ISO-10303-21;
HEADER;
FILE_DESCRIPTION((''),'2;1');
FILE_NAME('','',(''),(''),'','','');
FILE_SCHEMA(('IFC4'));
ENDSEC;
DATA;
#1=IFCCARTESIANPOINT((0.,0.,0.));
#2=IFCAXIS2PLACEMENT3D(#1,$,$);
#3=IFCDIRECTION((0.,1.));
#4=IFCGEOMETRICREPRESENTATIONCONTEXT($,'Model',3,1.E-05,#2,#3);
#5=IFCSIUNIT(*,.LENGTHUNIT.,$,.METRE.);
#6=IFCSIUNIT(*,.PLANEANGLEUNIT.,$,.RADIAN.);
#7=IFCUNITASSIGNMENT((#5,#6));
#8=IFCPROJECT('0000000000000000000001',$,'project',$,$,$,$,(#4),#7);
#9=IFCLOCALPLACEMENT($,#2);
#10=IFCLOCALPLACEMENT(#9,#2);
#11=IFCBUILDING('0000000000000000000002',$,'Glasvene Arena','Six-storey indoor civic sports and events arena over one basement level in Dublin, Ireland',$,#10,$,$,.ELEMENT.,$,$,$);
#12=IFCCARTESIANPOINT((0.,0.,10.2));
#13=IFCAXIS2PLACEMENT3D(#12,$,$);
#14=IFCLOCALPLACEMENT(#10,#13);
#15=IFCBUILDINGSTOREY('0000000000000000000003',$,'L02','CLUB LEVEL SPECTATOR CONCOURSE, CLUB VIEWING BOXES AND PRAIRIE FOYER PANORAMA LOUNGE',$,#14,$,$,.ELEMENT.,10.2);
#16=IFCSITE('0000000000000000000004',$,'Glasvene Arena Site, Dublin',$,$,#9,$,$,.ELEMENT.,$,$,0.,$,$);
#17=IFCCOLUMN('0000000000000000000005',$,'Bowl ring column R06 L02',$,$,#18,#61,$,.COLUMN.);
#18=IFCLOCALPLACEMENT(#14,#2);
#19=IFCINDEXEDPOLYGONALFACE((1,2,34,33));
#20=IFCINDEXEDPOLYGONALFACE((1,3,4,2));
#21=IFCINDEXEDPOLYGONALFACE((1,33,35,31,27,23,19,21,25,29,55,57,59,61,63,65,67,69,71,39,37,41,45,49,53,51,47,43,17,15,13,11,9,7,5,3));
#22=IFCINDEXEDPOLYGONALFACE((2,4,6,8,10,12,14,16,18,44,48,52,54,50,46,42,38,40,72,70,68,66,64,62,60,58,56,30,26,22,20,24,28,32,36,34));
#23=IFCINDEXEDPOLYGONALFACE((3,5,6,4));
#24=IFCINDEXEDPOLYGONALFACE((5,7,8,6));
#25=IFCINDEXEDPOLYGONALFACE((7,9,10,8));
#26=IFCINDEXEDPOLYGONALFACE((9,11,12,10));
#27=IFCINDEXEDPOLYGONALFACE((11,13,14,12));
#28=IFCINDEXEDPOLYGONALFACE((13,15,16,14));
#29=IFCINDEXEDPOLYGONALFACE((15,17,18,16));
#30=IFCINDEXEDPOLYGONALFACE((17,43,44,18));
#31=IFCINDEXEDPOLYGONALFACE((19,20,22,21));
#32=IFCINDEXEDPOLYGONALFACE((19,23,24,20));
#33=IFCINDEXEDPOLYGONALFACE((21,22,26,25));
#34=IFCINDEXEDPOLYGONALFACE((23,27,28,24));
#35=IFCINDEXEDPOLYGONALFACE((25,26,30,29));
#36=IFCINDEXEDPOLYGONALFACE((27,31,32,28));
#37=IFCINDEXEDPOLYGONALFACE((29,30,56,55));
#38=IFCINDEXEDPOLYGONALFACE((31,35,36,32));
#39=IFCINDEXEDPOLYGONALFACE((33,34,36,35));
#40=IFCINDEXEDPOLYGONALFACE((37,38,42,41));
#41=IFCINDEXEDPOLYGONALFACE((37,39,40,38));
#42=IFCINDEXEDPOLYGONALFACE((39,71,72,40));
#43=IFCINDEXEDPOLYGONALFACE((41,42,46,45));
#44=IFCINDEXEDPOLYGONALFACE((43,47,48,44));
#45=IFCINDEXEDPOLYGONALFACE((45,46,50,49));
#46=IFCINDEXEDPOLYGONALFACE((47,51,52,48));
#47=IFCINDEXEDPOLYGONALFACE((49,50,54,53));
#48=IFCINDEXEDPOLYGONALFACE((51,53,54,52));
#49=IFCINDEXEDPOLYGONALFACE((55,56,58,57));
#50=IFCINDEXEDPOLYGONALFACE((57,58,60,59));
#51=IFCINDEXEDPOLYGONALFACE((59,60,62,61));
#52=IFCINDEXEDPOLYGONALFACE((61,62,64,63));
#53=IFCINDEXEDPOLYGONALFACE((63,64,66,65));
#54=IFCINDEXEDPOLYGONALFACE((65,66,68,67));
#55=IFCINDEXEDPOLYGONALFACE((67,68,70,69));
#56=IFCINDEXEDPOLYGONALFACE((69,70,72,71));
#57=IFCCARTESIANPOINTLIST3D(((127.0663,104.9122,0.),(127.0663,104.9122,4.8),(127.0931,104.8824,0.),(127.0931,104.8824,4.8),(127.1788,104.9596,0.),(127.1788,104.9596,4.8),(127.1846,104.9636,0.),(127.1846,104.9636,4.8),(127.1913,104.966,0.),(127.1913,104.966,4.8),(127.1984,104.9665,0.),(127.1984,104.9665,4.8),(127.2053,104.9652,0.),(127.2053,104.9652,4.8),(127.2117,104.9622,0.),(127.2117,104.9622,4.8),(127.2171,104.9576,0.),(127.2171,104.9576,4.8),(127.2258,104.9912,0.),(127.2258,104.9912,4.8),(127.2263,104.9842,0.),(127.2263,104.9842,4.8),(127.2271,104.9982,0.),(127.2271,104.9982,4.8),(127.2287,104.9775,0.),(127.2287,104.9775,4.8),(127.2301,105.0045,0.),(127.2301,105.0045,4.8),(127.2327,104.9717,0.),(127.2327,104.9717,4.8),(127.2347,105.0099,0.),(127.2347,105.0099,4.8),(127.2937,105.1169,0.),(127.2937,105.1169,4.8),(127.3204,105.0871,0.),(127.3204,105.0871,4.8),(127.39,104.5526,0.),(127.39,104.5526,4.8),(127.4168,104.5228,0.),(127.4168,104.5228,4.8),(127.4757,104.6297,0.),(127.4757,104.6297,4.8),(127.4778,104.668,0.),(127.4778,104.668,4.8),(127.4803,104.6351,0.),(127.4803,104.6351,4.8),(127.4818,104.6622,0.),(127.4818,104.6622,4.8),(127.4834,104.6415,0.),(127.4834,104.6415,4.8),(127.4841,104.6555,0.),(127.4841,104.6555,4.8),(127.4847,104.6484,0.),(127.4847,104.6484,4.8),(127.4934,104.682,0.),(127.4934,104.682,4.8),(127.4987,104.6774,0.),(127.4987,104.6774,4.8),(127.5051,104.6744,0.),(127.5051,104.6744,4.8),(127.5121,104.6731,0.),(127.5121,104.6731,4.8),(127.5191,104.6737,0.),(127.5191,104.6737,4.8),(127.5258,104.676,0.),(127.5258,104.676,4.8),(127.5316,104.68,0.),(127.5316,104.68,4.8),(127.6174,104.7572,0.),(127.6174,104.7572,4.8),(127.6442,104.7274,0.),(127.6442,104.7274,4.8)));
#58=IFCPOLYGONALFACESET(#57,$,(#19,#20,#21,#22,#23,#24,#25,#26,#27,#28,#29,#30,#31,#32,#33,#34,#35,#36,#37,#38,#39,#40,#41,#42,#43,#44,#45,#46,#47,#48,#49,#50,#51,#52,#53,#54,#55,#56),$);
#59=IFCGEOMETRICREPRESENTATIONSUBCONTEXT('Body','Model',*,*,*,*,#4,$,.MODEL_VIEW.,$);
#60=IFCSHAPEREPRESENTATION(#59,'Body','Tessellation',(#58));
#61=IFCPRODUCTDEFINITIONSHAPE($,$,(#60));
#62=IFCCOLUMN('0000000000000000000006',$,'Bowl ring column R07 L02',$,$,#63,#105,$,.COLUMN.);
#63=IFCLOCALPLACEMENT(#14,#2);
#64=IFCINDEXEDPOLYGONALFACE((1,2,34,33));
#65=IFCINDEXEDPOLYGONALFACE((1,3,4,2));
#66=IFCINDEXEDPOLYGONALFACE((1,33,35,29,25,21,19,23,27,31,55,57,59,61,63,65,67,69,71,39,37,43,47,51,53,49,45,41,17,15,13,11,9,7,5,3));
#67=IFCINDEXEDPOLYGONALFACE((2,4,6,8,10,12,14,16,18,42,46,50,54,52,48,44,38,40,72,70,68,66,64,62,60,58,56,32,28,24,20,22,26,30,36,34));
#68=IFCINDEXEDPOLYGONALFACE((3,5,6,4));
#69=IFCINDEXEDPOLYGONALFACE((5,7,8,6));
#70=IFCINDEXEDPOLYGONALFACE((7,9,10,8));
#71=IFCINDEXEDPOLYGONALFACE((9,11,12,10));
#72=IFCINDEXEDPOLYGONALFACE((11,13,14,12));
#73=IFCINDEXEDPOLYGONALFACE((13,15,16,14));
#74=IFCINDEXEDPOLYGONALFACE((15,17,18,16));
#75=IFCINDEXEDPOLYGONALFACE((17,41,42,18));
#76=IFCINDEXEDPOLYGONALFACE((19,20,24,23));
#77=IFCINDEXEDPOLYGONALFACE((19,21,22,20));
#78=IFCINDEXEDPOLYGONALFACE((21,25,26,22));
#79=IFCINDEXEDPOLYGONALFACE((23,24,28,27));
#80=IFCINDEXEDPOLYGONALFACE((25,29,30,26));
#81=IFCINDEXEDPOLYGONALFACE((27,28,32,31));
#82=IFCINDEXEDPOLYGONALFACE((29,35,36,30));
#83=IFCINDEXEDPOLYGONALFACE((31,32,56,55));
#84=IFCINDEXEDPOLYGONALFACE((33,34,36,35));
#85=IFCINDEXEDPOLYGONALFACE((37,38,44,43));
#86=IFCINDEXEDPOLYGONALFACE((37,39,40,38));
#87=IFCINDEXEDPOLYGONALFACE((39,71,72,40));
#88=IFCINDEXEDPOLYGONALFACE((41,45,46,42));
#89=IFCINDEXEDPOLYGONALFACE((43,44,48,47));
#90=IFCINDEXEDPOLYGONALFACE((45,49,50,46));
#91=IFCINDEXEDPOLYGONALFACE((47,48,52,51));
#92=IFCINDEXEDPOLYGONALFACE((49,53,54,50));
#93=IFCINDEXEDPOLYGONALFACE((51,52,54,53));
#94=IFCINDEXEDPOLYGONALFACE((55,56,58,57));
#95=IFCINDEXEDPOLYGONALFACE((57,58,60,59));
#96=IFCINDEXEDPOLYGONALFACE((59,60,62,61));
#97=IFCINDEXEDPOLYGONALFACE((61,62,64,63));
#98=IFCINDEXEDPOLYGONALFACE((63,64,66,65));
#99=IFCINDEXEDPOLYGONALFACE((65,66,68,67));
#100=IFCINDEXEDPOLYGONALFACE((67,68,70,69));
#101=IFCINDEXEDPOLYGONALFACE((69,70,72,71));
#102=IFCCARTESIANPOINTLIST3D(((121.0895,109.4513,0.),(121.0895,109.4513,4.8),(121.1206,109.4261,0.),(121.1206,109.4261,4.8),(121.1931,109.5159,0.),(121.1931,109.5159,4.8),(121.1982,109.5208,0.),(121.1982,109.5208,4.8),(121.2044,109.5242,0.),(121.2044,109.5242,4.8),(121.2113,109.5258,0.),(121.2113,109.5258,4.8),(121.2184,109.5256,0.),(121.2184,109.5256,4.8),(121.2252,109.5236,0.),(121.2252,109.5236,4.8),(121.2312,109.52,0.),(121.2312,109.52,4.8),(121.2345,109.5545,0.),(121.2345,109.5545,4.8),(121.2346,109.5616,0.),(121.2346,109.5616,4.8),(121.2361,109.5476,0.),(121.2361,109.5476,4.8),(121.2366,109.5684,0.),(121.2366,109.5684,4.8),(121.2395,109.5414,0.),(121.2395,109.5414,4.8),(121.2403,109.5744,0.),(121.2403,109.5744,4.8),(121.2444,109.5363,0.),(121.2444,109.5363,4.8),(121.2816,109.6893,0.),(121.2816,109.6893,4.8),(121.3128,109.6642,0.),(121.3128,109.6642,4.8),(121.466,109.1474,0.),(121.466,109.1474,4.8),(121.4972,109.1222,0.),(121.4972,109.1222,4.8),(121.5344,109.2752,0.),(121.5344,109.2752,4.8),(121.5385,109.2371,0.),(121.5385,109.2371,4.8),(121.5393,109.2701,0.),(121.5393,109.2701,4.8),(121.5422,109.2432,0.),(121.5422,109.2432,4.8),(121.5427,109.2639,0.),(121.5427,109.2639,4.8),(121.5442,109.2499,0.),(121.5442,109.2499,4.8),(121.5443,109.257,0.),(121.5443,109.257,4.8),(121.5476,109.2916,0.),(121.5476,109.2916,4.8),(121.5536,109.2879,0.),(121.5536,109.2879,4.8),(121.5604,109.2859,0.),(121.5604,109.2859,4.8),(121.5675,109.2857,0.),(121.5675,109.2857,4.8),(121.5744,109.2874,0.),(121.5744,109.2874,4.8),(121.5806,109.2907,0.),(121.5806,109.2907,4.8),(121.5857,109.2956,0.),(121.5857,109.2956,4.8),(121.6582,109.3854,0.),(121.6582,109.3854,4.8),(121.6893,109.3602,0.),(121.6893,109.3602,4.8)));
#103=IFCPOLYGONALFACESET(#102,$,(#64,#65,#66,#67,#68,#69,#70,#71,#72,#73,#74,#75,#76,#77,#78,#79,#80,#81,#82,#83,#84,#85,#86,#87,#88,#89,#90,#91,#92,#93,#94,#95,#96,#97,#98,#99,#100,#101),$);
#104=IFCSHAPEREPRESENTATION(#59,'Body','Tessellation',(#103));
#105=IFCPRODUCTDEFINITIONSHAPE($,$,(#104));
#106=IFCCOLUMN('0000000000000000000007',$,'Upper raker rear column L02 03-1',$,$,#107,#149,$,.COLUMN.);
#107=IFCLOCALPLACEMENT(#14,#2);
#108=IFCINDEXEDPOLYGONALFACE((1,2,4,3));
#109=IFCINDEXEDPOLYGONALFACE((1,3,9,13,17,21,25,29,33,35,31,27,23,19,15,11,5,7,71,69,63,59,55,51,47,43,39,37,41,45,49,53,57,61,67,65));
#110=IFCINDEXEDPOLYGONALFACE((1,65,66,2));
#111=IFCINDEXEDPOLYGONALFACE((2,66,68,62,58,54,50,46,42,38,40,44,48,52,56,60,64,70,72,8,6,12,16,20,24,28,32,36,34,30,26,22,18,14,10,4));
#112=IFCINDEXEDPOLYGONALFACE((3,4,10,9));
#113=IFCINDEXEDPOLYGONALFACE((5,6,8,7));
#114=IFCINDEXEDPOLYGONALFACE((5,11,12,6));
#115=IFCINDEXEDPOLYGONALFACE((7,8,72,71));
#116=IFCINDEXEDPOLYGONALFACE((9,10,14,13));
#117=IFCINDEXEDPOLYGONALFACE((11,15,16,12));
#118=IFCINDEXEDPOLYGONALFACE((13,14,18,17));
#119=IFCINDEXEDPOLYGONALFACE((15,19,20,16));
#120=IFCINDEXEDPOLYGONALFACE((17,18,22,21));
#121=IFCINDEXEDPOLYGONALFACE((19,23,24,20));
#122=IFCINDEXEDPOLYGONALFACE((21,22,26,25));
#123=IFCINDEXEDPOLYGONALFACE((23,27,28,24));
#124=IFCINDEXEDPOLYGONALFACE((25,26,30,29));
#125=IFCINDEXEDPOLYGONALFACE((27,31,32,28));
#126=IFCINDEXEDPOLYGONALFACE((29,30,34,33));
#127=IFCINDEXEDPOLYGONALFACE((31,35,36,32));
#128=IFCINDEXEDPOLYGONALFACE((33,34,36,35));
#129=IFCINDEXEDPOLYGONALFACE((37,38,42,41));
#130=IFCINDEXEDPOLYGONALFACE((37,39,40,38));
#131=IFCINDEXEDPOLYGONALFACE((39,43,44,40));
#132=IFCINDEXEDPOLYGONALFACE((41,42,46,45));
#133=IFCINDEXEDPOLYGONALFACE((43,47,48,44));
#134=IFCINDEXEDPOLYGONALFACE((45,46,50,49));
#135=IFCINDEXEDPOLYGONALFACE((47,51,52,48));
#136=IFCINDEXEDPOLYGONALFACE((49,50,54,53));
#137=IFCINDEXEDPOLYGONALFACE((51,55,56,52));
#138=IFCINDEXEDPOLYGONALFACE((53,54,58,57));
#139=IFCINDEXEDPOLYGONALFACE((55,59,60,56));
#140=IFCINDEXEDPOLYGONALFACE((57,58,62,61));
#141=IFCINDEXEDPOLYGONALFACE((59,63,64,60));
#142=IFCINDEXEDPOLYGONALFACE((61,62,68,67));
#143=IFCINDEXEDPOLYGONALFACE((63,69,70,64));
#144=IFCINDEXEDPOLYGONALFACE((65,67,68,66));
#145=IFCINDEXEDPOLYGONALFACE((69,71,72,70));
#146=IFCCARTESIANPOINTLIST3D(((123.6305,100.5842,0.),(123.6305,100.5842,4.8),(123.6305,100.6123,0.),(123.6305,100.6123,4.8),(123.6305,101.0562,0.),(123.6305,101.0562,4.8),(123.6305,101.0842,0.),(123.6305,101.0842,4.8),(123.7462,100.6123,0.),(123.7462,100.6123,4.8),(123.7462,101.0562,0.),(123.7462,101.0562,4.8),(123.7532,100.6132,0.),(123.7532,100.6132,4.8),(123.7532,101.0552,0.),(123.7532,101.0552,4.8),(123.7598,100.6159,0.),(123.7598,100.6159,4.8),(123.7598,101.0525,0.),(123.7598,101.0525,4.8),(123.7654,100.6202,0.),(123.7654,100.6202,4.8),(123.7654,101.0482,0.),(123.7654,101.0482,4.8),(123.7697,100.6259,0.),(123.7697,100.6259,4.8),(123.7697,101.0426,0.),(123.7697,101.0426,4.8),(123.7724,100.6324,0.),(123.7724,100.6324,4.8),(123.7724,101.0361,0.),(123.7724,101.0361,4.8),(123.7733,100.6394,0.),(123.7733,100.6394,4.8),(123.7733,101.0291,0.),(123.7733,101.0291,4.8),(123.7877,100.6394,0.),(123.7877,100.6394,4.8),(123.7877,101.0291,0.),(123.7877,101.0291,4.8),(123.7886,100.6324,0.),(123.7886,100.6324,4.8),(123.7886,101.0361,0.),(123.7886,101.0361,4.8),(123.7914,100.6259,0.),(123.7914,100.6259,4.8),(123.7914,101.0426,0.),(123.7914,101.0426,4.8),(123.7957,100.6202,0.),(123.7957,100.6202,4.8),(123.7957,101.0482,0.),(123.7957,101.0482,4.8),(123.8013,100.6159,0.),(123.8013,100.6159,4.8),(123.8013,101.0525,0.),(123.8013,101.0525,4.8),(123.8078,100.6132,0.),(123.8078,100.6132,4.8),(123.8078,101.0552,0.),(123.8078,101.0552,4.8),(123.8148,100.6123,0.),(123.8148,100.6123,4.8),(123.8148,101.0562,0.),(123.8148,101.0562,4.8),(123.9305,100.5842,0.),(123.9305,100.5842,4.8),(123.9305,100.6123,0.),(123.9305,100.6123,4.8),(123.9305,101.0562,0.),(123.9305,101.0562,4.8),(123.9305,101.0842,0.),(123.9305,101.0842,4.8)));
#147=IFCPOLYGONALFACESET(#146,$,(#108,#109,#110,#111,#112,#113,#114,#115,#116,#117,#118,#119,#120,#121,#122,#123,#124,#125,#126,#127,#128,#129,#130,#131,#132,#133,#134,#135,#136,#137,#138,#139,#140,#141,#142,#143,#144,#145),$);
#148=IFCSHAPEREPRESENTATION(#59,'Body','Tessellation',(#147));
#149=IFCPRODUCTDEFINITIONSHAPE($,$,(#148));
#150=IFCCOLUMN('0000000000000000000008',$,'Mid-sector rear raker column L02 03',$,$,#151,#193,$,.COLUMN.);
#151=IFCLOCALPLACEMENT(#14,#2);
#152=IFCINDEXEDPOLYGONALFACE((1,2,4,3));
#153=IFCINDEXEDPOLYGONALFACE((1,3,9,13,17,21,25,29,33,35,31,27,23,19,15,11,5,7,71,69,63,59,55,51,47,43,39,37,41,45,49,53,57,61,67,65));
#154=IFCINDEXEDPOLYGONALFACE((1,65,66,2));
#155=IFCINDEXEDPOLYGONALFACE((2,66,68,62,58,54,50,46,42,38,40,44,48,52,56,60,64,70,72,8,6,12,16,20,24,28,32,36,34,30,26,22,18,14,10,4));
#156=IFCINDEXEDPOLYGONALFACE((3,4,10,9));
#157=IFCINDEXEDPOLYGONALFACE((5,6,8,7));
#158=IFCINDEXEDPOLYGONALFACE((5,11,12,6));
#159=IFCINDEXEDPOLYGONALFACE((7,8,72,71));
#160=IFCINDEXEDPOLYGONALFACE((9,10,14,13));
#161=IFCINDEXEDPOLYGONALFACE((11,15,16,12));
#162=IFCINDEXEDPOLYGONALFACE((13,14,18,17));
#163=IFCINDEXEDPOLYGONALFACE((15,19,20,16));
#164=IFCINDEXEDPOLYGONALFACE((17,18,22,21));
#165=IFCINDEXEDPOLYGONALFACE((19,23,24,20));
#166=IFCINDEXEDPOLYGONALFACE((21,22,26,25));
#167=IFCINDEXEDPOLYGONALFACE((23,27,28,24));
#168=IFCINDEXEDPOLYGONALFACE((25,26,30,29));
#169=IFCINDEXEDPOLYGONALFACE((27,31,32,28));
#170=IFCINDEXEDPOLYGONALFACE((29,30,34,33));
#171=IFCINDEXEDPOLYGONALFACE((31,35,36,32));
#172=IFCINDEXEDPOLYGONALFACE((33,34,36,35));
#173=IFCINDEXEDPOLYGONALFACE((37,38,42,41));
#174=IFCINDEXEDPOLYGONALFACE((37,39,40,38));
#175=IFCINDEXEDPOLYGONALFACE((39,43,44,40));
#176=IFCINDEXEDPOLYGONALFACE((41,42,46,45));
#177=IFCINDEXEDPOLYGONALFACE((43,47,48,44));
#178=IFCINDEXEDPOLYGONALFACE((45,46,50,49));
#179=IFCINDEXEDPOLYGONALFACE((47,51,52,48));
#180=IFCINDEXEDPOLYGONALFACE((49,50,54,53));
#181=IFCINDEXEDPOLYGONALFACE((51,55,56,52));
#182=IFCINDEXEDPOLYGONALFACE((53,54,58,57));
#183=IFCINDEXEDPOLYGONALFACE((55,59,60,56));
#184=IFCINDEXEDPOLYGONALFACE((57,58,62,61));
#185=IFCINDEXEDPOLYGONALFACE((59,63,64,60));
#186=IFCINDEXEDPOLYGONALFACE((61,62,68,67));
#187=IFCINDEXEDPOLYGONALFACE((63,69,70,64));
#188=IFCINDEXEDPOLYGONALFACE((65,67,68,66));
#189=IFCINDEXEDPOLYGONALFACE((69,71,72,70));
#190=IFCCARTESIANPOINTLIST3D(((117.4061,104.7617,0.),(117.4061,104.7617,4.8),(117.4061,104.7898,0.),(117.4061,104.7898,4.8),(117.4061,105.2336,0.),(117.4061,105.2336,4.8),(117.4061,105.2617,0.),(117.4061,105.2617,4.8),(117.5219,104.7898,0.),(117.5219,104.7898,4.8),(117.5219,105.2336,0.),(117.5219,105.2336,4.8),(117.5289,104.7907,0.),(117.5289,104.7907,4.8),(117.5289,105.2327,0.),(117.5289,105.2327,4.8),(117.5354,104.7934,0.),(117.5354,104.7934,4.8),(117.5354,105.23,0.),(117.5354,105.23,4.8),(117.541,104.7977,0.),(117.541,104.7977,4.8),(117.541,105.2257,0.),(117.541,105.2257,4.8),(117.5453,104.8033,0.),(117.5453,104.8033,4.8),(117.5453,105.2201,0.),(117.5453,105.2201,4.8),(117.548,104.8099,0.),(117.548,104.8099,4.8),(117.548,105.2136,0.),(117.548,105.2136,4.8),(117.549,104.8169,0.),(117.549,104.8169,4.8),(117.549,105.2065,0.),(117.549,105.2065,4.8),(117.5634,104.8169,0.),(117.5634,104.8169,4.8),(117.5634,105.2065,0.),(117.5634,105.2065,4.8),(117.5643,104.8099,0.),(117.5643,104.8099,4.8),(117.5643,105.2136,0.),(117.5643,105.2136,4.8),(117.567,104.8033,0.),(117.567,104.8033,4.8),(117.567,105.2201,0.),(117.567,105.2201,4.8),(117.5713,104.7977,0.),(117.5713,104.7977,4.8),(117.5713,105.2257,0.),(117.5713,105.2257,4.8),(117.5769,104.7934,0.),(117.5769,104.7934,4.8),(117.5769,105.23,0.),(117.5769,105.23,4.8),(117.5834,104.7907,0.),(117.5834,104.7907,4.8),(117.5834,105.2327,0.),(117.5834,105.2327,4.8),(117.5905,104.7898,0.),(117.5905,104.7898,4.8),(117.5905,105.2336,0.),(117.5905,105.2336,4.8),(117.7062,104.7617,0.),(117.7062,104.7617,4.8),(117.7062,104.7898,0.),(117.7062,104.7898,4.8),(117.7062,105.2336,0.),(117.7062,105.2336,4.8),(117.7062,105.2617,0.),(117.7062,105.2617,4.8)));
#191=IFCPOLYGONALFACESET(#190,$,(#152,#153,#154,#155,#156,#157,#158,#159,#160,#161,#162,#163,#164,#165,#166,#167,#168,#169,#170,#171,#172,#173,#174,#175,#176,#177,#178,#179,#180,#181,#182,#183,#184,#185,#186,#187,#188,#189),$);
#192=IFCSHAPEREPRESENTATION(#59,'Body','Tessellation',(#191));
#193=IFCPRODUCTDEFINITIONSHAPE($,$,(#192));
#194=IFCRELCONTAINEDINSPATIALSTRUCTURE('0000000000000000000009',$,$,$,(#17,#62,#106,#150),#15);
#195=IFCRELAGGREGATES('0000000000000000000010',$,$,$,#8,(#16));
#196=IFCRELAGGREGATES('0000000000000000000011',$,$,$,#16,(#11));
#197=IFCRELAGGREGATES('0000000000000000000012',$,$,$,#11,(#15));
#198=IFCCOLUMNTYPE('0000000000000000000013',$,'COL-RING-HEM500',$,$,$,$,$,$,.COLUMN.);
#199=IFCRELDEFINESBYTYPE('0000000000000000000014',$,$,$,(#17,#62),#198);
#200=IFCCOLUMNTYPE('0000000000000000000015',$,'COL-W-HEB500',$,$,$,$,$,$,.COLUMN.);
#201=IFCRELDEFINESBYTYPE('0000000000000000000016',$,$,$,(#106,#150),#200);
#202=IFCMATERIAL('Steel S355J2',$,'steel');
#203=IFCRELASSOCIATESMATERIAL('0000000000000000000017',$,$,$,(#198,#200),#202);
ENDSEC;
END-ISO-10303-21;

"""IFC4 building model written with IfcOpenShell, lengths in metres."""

from ifc_helpers import new_model, si_unit, direction, frame, origin, origin_2d, place, context, subcontext, project, spatial, i_section, extrude, material, material_profile, profile_set, type_object, element, save


model = new_model("IFC4")

# Units and contexts
model_context = context("Model", 3, precision=1e-05, world=origin(), true_north=direction((0.0, 1.0)))
body_context = subcontext(model_context, "Body", "Model", "MODEL_VIEW")
ifc_project = project(units=[si_unit("LENGTHUNIT", "METRE"), si_unit("PLANEANGLEUNIT", "RADIAN")], contexts=[model_context])

# Site, building, storey
site_placement = place(None, origin())
site = spatial("IfcSite", under=ifc_project, at=site_placement, Name="Glasvene Arena Site, Dublin", CompositionType="ELEMENT", RefElevation=0.0)
building_placement = place(site_placement, origin())
building = spatial("IfcBuilding", under=site, at=building_placement, Name="Glasvene Arena", Description="Six-storey indoor civic sports and events arena over one basement level in Dublin, Ireland", CompositionType="ELEMENT")
storey_placement = place(building_placement, frame((0.0, 0.0, 10.2)))
storey = spatial("IfcBuildingStorey", under=building, at=storey_placement, Name="L02", Description="CLUB LEVEL SPECTATOR CONCOURSE, CLUB VIEWING BOXES AND PRAIRIE FOYER PANORAMA LOUNGE", CompositionType="ELEMENT", Elevation=10.2)

# Columns
ifc_material_1 = material(Name="Steel S355J2", Category="steel")
ifc_material_profile_1 = material_profile(ifc_material_1, i_section(OverallWidth=0.3059, OverallDepth=0.5239, WebThickness=0.021, FlangeThickness=0.04, FilletRadius=0.0271, at=origin_2d()), Name="HEM 500")
ifc_profile_set_1 = profile_set([ifc_material_profile_1], Name="Steel S355J2")
column_type_1 = type_object("IfcColumnType", Name="COL-RING-HEM500", PredefinedType="COLUMN", material=ifc_profile_set_1)
for number, where, z_axis, x_axis, name in (
    (1, (127.3552, 104.8198, 0.0), (0.0, 0.0, 1.0), (0.743262, 0.669001, 0.0), "Bowl ring column R06 L02"),
    (2, (121.3894, 109.4058, 0.0), (0.0, 0.0, 1.0), (0.628099, 0.778134, 0.0), "Bowl ring column R07 L02"),
):
    element("IfcColumn", number, at=place(storey_placement, frame(where, z_axis=z_axis, x_axis=x_axis)), inside=storey, type_object=column_type_1, Name=name, PredefinedType="COLUMN", context=body_context, shape_type="SweptSolid", body=[
        extrude(i_section(OverallWidth=0.3059, OverallDepth=0.5239, WebThickness=0.021, FlangeThickness=0.04, FilletRadius=0.0271, at=origin_2d()), origin(), (0.0, 0.0, 1.0), 4.8),
    ])
ifc_material_profile_2 = material_profile(ifc_material_1, i_section(OverallWidth=0.3, OverallDepth=0.5, WebThickness=0.0144, FlangeThickness=0.0281, FilletRadius=0.0271, at=origin_2d()), Name="HEB 500")
ifc_profile_set_2 = profile_set([ifc_material_profile_2], Name="Steel S355J2")
column_type_2 = type_object("IfcColumnType", Name="COL-W-HEB500", PredefinedType="COLUMN", material=ifc_profile_set_2)
for number, where, z_axis, x_axis, name in (
    (3, (123.7805, 100.8342, 0.0), (0.0, 0.0, 1.0), (1.0, 0.0, 0.0), "Upper raker rear column L02 03-1"),
    (4, (117.5562, 105.0117, 0.0), (0.0, 0.0, 1.0), (1.0, 0.0, 0.0), "Mid-sector rear raker column L02 03"),
):
    element("IfcColumn", number, at=place(storey_placement, frame(where, z_axis=z_axis, x_axis=x_axis)), inside=storey, type_object=column_type_2, Name=name, PredefinedType="COLUMN", context=body_context, shape_type="SweptSolid", body=[
        extrude(i_section(OverallWidth=0.3, OverallDepth=0.5, WebThickness=0.0144, FlangeThickness=0.0281, FilletRadius=0.0271, at=origin_2d()), origin(), (0.0, 0.0, 1.0), 4.8),
    ])

save(model, "model.ifc")
